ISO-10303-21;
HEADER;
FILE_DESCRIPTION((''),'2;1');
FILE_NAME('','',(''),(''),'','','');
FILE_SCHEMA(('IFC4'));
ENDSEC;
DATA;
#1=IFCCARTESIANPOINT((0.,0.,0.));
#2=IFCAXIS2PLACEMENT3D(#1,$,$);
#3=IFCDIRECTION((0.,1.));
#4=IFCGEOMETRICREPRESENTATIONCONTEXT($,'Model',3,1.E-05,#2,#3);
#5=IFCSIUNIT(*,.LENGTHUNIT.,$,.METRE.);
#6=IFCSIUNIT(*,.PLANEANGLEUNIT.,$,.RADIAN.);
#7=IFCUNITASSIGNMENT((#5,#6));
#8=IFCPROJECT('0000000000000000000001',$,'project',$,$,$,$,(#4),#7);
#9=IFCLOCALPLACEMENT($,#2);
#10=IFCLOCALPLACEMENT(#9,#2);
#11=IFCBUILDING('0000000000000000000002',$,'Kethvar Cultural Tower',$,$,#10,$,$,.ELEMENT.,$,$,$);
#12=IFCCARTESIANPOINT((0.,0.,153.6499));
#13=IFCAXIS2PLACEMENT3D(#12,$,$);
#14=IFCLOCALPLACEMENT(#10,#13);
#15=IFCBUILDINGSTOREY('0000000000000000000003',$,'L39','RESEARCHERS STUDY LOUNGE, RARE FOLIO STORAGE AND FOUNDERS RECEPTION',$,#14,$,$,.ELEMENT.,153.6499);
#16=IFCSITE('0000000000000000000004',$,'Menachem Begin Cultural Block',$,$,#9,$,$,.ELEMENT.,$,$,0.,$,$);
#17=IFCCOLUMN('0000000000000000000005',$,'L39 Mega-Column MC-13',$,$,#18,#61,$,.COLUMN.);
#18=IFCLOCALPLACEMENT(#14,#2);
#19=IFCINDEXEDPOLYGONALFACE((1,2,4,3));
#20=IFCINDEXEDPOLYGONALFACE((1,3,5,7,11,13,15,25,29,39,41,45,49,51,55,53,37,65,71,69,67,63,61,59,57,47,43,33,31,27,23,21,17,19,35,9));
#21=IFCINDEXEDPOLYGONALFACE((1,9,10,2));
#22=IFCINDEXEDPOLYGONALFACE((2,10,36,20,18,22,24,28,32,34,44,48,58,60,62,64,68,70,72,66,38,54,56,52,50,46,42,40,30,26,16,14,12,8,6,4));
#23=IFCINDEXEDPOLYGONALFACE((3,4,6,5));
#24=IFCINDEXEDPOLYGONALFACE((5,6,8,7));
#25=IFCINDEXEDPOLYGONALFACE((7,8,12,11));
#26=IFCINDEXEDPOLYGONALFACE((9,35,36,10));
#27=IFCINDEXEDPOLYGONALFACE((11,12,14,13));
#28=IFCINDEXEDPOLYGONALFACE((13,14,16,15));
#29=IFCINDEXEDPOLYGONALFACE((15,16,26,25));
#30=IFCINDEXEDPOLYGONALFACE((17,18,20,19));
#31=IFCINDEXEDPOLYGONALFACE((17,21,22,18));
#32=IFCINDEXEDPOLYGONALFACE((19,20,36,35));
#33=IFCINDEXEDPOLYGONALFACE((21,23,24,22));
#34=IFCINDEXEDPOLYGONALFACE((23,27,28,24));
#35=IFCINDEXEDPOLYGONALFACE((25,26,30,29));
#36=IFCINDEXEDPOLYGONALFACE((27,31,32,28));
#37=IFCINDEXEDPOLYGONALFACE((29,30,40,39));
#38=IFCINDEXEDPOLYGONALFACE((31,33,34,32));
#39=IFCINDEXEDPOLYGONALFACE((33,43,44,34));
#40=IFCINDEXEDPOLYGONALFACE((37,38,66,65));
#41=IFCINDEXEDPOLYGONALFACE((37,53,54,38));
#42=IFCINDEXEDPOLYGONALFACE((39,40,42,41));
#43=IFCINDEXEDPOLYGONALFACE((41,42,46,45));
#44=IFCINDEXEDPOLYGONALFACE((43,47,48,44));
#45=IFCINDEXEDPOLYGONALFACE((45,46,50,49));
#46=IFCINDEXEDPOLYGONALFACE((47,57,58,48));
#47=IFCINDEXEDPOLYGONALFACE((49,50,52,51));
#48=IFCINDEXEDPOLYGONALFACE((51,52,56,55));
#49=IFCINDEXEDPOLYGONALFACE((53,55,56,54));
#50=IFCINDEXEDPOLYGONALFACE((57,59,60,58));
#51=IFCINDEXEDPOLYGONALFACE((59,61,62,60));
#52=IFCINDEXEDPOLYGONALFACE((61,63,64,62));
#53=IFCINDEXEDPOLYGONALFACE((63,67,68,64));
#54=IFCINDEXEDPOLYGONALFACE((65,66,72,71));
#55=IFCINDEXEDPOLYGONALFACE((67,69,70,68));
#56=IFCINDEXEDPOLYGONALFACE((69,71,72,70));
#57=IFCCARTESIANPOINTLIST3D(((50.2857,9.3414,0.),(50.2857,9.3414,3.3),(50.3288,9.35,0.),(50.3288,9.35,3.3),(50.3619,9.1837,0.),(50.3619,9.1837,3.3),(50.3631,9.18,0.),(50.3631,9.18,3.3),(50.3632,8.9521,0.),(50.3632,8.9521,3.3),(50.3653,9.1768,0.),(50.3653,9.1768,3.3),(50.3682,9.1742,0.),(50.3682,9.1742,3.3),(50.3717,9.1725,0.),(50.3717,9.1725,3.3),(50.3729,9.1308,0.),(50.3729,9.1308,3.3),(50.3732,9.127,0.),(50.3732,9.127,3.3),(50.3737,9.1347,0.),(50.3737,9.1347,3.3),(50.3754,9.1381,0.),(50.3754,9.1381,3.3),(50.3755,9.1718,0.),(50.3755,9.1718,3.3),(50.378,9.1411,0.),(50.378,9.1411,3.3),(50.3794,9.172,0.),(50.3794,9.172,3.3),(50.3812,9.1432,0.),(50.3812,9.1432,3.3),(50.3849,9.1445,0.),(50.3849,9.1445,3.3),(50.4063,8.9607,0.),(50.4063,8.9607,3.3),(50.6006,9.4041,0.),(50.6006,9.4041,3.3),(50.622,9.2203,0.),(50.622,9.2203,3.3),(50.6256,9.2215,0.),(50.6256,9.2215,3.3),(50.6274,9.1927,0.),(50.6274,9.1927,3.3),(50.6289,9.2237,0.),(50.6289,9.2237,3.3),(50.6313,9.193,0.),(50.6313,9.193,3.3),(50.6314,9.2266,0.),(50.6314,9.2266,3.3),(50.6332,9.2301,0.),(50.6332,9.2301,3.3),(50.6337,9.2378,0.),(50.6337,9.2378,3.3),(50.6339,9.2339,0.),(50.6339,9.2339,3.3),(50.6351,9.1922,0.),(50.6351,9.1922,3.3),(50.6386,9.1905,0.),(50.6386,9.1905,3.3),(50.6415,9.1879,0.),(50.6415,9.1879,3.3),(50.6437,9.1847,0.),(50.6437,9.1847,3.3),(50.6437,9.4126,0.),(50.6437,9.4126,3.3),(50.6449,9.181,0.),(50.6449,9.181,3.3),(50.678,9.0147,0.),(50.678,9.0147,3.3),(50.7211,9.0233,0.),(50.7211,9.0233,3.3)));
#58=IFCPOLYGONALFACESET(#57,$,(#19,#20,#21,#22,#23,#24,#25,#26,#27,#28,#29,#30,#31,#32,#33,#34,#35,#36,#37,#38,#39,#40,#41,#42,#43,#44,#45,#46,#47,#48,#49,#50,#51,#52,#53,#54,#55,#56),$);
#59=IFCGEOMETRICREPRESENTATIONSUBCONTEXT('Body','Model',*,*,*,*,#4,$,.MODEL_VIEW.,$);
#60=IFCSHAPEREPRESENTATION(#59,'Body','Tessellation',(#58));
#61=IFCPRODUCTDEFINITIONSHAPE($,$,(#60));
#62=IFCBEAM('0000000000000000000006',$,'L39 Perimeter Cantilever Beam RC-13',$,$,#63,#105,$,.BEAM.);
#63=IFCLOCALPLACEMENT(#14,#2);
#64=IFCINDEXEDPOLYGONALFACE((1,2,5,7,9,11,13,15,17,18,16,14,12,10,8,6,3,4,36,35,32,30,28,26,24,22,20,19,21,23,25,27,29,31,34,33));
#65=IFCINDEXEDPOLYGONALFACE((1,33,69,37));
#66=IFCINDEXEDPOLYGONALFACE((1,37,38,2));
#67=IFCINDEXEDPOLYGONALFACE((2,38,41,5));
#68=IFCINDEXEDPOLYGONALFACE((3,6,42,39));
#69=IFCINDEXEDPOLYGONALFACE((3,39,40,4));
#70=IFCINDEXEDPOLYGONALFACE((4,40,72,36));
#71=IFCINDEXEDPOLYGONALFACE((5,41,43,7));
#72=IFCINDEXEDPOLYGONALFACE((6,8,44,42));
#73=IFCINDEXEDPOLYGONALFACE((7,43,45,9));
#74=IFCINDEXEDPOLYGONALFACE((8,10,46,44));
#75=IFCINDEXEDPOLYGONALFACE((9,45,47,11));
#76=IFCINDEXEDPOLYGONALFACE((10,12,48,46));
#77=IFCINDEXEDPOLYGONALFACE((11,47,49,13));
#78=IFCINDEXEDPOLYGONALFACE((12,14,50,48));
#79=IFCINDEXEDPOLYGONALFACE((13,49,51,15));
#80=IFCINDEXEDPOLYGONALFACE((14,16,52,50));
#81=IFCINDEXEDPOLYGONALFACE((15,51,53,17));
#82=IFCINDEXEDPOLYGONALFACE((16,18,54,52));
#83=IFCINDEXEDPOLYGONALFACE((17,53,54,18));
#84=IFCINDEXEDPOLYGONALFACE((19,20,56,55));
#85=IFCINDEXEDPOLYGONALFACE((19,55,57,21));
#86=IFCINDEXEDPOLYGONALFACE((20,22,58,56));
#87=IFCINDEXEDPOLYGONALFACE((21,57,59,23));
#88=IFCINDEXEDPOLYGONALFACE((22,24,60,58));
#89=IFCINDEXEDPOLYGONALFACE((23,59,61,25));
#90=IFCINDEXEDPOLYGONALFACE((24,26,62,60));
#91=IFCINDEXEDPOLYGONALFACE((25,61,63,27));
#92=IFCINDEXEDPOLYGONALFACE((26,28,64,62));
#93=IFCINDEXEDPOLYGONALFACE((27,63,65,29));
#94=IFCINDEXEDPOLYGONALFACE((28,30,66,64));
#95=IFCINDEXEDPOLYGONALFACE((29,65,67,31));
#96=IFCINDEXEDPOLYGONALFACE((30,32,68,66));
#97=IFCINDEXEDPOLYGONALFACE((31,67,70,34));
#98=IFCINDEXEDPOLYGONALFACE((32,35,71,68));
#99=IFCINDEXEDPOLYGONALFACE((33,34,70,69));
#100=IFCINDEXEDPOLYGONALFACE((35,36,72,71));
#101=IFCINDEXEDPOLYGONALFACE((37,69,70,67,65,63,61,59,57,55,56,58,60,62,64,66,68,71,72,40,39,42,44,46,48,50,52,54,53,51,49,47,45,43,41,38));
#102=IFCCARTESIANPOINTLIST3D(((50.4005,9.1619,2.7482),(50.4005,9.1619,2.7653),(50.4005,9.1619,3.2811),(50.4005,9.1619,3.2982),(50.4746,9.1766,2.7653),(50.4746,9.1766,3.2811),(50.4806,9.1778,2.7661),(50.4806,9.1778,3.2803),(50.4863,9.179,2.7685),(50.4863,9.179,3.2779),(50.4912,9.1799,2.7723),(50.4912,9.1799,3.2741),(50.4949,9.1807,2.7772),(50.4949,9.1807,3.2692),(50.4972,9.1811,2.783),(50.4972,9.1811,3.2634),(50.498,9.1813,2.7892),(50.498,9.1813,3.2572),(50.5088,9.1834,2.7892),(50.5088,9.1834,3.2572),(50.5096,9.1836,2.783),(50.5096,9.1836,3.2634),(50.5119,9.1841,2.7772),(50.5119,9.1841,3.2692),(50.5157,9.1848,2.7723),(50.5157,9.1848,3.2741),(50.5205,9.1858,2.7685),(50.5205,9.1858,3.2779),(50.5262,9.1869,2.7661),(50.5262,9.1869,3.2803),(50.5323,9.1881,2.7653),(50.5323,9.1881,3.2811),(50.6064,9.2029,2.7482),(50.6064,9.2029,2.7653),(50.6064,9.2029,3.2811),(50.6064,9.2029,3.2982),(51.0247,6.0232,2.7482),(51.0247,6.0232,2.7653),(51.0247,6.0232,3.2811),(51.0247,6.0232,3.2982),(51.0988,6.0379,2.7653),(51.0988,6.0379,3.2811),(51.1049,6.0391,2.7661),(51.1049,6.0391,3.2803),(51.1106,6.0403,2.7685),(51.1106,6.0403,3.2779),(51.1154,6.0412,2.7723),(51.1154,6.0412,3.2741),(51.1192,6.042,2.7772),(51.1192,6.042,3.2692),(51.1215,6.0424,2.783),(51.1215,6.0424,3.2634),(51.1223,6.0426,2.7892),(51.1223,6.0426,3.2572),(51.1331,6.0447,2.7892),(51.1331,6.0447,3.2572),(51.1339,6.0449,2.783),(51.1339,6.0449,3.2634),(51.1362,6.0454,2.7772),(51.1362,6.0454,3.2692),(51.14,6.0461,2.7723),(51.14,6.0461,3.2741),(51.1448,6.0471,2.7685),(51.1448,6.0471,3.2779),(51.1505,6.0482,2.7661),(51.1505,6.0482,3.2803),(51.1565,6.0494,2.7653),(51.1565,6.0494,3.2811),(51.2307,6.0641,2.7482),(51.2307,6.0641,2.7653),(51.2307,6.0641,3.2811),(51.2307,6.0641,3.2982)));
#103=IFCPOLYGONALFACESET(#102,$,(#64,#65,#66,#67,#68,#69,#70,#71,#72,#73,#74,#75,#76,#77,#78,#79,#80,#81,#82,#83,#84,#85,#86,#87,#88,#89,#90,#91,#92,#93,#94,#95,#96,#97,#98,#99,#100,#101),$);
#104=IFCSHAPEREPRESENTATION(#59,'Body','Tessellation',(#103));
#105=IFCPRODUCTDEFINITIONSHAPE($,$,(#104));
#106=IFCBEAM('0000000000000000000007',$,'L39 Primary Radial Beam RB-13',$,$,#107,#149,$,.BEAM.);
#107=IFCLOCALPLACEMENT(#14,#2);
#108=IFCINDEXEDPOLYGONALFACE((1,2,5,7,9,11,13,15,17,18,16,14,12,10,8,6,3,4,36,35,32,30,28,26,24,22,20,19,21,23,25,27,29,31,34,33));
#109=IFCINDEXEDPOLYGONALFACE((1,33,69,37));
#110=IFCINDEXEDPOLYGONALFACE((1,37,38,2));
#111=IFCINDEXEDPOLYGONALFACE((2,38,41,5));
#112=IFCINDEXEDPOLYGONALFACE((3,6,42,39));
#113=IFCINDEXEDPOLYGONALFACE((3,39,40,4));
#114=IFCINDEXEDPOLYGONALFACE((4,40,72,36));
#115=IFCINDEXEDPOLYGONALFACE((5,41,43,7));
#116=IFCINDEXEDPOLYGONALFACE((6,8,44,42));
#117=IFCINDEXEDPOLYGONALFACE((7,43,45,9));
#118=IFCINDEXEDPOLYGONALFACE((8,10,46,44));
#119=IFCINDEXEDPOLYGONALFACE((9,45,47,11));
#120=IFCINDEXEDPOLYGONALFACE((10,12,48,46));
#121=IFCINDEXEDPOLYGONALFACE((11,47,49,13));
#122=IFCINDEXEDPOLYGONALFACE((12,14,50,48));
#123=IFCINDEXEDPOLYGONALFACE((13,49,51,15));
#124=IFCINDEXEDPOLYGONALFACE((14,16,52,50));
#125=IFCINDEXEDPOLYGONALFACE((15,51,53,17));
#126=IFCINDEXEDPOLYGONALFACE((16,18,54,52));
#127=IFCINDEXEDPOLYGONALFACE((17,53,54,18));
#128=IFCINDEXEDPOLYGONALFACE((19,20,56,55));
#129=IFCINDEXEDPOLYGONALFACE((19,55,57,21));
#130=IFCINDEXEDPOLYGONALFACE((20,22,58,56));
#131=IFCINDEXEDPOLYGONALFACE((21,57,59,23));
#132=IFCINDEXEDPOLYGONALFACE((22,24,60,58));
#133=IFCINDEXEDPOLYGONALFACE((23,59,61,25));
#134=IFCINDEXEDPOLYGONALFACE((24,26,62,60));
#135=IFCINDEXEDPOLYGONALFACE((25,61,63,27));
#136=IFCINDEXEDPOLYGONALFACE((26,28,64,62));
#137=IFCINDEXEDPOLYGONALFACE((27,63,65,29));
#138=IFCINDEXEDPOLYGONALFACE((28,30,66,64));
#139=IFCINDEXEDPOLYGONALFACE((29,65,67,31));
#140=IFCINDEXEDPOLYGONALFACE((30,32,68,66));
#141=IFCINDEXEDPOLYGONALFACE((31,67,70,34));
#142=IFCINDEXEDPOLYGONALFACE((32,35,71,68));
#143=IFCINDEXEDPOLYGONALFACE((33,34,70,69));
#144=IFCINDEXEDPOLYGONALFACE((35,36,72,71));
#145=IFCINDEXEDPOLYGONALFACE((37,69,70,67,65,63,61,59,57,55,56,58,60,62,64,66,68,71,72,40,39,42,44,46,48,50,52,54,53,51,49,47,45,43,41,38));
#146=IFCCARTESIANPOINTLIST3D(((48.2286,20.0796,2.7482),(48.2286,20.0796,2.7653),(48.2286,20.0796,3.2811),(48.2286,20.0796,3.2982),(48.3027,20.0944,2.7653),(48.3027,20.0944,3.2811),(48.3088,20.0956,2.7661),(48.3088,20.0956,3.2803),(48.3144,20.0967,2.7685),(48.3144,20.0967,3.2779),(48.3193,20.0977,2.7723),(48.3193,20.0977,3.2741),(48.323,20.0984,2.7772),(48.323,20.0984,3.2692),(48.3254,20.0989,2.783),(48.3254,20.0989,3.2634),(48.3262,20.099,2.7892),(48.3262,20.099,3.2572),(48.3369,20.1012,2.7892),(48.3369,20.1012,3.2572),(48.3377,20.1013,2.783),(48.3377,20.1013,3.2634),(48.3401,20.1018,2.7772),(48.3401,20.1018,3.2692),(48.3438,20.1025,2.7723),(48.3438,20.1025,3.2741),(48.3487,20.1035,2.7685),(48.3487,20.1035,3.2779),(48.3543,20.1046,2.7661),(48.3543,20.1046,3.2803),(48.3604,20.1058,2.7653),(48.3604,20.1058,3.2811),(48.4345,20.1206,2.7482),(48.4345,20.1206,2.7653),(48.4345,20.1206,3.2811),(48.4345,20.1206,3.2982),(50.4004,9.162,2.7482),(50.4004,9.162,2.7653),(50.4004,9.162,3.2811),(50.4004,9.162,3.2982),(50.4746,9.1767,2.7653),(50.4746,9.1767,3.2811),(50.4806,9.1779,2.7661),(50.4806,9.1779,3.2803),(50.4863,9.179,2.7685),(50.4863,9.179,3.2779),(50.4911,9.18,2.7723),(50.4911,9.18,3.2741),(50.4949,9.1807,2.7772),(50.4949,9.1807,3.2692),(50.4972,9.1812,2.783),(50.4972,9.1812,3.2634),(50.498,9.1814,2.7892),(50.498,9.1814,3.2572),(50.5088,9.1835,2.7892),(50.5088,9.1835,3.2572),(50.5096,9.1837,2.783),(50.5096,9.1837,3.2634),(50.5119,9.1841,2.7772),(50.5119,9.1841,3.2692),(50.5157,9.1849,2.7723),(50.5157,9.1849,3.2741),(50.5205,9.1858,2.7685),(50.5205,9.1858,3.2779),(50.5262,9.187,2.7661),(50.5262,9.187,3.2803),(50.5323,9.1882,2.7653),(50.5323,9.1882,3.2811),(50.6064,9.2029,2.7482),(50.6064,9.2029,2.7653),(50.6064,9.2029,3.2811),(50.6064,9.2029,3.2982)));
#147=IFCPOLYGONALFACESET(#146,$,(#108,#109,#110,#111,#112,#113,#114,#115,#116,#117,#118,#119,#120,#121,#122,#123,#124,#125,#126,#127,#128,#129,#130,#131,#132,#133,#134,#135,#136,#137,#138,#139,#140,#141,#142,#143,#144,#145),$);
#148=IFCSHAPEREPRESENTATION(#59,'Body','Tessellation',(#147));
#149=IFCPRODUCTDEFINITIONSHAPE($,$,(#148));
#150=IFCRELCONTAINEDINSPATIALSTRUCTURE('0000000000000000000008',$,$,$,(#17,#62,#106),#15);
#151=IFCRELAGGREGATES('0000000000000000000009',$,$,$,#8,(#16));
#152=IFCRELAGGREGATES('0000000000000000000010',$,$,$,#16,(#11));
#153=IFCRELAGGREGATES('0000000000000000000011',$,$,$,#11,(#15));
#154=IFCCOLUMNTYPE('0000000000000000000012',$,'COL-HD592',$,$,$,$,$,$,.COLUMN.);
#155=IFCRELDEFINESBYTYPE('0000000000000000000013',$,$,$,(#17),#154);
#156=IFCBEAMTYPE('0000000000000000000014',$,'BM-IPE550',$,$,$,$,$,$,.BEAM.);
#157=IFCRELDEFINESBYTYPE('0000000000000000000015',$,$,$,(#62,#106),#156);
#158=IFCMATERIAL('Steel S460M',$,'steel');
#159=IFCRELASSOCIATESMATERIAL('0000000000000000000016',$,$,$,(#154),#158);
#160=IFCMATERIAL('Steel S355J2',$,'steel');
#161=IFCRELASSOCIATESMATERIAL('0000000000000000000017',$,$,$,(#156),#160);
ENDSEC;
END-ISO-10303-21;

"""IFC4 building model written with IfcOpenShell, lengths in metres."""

from ifc_helpers import new_model, si_unit, direction, frame, origin, origin_2d, place, context, subcontext, project, spatial, i_section, extrude, source, transform, mapped, material, material_profile, profile_set, type_object, element, save


model = new_model("IFC4")

# Units and contexts
model_context = context("Model", 3, precision=1e-05, world=origin(), true_north=direction((0.0, 1.0)))
body_context = subcontext(model_context, "Body", "Model", "MODEL_VIEW")
ifc_project = project(units=[si_unit("LENGTHUNIT", "METRE"), si_unit("PLANEANGLEUNIT", "RADIAN")], contexts=[model_context])

# Site, building, storey
site_placement = place(None, origin())
site = spatial("IfcSite", under=ifc_project, at=site_placement, Name="Menachem Begin Cultural Block", CompositionType="ELEMENT", RefElevation=0.0)
building_placement = place(site_placement, origin())
building = spatial("IfcBuilding", under=site, at=building_placement, Name="Kethvar Cultural Tower", CompositionType="ELEMENT")
storey_placement = place(building_placement, frame((0.0, 0.0, 153.6499)))
storey = spatial("IfcBuildingStorey", under=building, at=storey_placement, Name="L39", Description="RESEARCHERS STUDY LOUNGE, RARE FOLIO STORAGE AND FOUNDERS RECEPTION", CompositionType="ELEMENT", Elevation=153.6499)

# Column
ifc_material_1 = material(Name="Steel S460M", Category="steel")
ifc_material_profile_1 = material_profile(ifc_material_1, i_section(OverallWidth=0.397, OverallDepth=0.365, WebThickness=0.0281, FlangeThickness=0.0439, FilletRadius=0.0149, at=origin_2d()), Name="Steel S460M — HD400x592")
ifc_profile_set_1 = profile_set([ifc_material_profile_1], Name="Steel S460M — HD400x592")
column_type = type_object("IfcColumnType", Name="COL-HD592", PredefinedType="COLUMN", material=ifc_profile_set_1)
shared_shape_1 = source(origin(), body_context, "Body", "SweptSolid", [
    extrude(i_section(OverallWidth=0.397, OverallDepth=0.365, WebThickness=0.0281, FlangeThickness=0.0439, FilletRadius=0.0149, at=origin_2d()), origin(), (0.0, 0.0, 1.0), 3.3),
])
column_placement = place(storey_placement, frame((50.5034, 9.1824, 0.0), z_axis=(0.0, 0.0, 1.0), x_axis=(0.19509, -0.980785, 0.0)))
element("IfcColumn", 1, at=column_placement, inside=storey, type_object=column_type, Name="L39 Mega-Column MC-13", PredefinedType="COLUMN", context=body_context, shape_type="MappedRepresentation", body=[
    mapped(shared_shape_1, transform((0.0, 0.0, 0.0), scale=1.0)),
])

# Beams
ifc_material_2 = material(Name="Steel S355J2", Category="steel")
ifc_material_profile_2 = material_profile(ifc_material_2, i_section(OverallWidth=0.21, OverallDepth=0.55, WebThickness=0.011, FlangeThickness=0.0171, FilletRadius=0.0239, at=origin_2d()), Name="Steel S355J2 — IPE550")
ifc_profile_set_2 = profile_set([ifc_material_profile_2], Name="Steel S355J2 — IPE550")
beam_type_1 = type_object("IfcBeamType", Name="BM-IPE550", PredefinedType="BEAM", material=ifc_profile_set_2)
shared_shape_2 = source(origin(), body_context, "Body", "SweptSolid", [
    extrude(i_section(OverallWidth=0.21, OverallDepth=0.55, WebThickness=0.011, FlangeThickness=0.0171, FilletRadius=0.0239, at=origin_2d()), origin(), (0.0, 0.0, 1.0), 3.2002),
])
beam_1_placement = place(storey_placement, frame((50.5034, 9.1824, 3.0232), z_axis=(0.195074, -0.980788, 0.0), x_axis=(0.980788, 0.195074, 0.0)))
element("IfcBeam", 2, at=beam_1_placement, inside=storey, type_object=beam_type_1, Name="L39 Perimeter Cantilever Beam RC-13", PredefinedType="BEAM", context=body_context, shape_type="MappedRepresentation", body=[
    mapped(shared_shape_2, transform((0.0, 0.0, 0.0), scale=1.0)),
])
shared_shape_3 = source(origin(), body_context, "Body", "SweptSolid", [
    extrude(i_section(OverallWidth=0.21, OverallDepth=0.55, WebThickness=0.011, FlangeThickness=0.0171, FilletRadius=0.0239, at=origin_2d()), origin(), (0.0, 0.0, 1.0), 11.1316),
])
beam_2_placement = place(storey_placement, frame((48.3315, 20.1001, 3.0232), z_axis=(0.195108, -0.980782, 0.0), x_axis=(0.980782, 0.195108, 0.0)))
element("IfcBeam", 3, at=beam_2_placement, inside=storey, type_object=beam_type_1, Name="L39 Primary Radial Beam RB-13", PredefinedType="BEAM", context=body_context, shape_type="MappedRepresentation", body=[
    mapped(shared_shape_3, transform((0.0, 0.0, 0.0), scale=1.0)),
])

save(model, "model.ifc")
